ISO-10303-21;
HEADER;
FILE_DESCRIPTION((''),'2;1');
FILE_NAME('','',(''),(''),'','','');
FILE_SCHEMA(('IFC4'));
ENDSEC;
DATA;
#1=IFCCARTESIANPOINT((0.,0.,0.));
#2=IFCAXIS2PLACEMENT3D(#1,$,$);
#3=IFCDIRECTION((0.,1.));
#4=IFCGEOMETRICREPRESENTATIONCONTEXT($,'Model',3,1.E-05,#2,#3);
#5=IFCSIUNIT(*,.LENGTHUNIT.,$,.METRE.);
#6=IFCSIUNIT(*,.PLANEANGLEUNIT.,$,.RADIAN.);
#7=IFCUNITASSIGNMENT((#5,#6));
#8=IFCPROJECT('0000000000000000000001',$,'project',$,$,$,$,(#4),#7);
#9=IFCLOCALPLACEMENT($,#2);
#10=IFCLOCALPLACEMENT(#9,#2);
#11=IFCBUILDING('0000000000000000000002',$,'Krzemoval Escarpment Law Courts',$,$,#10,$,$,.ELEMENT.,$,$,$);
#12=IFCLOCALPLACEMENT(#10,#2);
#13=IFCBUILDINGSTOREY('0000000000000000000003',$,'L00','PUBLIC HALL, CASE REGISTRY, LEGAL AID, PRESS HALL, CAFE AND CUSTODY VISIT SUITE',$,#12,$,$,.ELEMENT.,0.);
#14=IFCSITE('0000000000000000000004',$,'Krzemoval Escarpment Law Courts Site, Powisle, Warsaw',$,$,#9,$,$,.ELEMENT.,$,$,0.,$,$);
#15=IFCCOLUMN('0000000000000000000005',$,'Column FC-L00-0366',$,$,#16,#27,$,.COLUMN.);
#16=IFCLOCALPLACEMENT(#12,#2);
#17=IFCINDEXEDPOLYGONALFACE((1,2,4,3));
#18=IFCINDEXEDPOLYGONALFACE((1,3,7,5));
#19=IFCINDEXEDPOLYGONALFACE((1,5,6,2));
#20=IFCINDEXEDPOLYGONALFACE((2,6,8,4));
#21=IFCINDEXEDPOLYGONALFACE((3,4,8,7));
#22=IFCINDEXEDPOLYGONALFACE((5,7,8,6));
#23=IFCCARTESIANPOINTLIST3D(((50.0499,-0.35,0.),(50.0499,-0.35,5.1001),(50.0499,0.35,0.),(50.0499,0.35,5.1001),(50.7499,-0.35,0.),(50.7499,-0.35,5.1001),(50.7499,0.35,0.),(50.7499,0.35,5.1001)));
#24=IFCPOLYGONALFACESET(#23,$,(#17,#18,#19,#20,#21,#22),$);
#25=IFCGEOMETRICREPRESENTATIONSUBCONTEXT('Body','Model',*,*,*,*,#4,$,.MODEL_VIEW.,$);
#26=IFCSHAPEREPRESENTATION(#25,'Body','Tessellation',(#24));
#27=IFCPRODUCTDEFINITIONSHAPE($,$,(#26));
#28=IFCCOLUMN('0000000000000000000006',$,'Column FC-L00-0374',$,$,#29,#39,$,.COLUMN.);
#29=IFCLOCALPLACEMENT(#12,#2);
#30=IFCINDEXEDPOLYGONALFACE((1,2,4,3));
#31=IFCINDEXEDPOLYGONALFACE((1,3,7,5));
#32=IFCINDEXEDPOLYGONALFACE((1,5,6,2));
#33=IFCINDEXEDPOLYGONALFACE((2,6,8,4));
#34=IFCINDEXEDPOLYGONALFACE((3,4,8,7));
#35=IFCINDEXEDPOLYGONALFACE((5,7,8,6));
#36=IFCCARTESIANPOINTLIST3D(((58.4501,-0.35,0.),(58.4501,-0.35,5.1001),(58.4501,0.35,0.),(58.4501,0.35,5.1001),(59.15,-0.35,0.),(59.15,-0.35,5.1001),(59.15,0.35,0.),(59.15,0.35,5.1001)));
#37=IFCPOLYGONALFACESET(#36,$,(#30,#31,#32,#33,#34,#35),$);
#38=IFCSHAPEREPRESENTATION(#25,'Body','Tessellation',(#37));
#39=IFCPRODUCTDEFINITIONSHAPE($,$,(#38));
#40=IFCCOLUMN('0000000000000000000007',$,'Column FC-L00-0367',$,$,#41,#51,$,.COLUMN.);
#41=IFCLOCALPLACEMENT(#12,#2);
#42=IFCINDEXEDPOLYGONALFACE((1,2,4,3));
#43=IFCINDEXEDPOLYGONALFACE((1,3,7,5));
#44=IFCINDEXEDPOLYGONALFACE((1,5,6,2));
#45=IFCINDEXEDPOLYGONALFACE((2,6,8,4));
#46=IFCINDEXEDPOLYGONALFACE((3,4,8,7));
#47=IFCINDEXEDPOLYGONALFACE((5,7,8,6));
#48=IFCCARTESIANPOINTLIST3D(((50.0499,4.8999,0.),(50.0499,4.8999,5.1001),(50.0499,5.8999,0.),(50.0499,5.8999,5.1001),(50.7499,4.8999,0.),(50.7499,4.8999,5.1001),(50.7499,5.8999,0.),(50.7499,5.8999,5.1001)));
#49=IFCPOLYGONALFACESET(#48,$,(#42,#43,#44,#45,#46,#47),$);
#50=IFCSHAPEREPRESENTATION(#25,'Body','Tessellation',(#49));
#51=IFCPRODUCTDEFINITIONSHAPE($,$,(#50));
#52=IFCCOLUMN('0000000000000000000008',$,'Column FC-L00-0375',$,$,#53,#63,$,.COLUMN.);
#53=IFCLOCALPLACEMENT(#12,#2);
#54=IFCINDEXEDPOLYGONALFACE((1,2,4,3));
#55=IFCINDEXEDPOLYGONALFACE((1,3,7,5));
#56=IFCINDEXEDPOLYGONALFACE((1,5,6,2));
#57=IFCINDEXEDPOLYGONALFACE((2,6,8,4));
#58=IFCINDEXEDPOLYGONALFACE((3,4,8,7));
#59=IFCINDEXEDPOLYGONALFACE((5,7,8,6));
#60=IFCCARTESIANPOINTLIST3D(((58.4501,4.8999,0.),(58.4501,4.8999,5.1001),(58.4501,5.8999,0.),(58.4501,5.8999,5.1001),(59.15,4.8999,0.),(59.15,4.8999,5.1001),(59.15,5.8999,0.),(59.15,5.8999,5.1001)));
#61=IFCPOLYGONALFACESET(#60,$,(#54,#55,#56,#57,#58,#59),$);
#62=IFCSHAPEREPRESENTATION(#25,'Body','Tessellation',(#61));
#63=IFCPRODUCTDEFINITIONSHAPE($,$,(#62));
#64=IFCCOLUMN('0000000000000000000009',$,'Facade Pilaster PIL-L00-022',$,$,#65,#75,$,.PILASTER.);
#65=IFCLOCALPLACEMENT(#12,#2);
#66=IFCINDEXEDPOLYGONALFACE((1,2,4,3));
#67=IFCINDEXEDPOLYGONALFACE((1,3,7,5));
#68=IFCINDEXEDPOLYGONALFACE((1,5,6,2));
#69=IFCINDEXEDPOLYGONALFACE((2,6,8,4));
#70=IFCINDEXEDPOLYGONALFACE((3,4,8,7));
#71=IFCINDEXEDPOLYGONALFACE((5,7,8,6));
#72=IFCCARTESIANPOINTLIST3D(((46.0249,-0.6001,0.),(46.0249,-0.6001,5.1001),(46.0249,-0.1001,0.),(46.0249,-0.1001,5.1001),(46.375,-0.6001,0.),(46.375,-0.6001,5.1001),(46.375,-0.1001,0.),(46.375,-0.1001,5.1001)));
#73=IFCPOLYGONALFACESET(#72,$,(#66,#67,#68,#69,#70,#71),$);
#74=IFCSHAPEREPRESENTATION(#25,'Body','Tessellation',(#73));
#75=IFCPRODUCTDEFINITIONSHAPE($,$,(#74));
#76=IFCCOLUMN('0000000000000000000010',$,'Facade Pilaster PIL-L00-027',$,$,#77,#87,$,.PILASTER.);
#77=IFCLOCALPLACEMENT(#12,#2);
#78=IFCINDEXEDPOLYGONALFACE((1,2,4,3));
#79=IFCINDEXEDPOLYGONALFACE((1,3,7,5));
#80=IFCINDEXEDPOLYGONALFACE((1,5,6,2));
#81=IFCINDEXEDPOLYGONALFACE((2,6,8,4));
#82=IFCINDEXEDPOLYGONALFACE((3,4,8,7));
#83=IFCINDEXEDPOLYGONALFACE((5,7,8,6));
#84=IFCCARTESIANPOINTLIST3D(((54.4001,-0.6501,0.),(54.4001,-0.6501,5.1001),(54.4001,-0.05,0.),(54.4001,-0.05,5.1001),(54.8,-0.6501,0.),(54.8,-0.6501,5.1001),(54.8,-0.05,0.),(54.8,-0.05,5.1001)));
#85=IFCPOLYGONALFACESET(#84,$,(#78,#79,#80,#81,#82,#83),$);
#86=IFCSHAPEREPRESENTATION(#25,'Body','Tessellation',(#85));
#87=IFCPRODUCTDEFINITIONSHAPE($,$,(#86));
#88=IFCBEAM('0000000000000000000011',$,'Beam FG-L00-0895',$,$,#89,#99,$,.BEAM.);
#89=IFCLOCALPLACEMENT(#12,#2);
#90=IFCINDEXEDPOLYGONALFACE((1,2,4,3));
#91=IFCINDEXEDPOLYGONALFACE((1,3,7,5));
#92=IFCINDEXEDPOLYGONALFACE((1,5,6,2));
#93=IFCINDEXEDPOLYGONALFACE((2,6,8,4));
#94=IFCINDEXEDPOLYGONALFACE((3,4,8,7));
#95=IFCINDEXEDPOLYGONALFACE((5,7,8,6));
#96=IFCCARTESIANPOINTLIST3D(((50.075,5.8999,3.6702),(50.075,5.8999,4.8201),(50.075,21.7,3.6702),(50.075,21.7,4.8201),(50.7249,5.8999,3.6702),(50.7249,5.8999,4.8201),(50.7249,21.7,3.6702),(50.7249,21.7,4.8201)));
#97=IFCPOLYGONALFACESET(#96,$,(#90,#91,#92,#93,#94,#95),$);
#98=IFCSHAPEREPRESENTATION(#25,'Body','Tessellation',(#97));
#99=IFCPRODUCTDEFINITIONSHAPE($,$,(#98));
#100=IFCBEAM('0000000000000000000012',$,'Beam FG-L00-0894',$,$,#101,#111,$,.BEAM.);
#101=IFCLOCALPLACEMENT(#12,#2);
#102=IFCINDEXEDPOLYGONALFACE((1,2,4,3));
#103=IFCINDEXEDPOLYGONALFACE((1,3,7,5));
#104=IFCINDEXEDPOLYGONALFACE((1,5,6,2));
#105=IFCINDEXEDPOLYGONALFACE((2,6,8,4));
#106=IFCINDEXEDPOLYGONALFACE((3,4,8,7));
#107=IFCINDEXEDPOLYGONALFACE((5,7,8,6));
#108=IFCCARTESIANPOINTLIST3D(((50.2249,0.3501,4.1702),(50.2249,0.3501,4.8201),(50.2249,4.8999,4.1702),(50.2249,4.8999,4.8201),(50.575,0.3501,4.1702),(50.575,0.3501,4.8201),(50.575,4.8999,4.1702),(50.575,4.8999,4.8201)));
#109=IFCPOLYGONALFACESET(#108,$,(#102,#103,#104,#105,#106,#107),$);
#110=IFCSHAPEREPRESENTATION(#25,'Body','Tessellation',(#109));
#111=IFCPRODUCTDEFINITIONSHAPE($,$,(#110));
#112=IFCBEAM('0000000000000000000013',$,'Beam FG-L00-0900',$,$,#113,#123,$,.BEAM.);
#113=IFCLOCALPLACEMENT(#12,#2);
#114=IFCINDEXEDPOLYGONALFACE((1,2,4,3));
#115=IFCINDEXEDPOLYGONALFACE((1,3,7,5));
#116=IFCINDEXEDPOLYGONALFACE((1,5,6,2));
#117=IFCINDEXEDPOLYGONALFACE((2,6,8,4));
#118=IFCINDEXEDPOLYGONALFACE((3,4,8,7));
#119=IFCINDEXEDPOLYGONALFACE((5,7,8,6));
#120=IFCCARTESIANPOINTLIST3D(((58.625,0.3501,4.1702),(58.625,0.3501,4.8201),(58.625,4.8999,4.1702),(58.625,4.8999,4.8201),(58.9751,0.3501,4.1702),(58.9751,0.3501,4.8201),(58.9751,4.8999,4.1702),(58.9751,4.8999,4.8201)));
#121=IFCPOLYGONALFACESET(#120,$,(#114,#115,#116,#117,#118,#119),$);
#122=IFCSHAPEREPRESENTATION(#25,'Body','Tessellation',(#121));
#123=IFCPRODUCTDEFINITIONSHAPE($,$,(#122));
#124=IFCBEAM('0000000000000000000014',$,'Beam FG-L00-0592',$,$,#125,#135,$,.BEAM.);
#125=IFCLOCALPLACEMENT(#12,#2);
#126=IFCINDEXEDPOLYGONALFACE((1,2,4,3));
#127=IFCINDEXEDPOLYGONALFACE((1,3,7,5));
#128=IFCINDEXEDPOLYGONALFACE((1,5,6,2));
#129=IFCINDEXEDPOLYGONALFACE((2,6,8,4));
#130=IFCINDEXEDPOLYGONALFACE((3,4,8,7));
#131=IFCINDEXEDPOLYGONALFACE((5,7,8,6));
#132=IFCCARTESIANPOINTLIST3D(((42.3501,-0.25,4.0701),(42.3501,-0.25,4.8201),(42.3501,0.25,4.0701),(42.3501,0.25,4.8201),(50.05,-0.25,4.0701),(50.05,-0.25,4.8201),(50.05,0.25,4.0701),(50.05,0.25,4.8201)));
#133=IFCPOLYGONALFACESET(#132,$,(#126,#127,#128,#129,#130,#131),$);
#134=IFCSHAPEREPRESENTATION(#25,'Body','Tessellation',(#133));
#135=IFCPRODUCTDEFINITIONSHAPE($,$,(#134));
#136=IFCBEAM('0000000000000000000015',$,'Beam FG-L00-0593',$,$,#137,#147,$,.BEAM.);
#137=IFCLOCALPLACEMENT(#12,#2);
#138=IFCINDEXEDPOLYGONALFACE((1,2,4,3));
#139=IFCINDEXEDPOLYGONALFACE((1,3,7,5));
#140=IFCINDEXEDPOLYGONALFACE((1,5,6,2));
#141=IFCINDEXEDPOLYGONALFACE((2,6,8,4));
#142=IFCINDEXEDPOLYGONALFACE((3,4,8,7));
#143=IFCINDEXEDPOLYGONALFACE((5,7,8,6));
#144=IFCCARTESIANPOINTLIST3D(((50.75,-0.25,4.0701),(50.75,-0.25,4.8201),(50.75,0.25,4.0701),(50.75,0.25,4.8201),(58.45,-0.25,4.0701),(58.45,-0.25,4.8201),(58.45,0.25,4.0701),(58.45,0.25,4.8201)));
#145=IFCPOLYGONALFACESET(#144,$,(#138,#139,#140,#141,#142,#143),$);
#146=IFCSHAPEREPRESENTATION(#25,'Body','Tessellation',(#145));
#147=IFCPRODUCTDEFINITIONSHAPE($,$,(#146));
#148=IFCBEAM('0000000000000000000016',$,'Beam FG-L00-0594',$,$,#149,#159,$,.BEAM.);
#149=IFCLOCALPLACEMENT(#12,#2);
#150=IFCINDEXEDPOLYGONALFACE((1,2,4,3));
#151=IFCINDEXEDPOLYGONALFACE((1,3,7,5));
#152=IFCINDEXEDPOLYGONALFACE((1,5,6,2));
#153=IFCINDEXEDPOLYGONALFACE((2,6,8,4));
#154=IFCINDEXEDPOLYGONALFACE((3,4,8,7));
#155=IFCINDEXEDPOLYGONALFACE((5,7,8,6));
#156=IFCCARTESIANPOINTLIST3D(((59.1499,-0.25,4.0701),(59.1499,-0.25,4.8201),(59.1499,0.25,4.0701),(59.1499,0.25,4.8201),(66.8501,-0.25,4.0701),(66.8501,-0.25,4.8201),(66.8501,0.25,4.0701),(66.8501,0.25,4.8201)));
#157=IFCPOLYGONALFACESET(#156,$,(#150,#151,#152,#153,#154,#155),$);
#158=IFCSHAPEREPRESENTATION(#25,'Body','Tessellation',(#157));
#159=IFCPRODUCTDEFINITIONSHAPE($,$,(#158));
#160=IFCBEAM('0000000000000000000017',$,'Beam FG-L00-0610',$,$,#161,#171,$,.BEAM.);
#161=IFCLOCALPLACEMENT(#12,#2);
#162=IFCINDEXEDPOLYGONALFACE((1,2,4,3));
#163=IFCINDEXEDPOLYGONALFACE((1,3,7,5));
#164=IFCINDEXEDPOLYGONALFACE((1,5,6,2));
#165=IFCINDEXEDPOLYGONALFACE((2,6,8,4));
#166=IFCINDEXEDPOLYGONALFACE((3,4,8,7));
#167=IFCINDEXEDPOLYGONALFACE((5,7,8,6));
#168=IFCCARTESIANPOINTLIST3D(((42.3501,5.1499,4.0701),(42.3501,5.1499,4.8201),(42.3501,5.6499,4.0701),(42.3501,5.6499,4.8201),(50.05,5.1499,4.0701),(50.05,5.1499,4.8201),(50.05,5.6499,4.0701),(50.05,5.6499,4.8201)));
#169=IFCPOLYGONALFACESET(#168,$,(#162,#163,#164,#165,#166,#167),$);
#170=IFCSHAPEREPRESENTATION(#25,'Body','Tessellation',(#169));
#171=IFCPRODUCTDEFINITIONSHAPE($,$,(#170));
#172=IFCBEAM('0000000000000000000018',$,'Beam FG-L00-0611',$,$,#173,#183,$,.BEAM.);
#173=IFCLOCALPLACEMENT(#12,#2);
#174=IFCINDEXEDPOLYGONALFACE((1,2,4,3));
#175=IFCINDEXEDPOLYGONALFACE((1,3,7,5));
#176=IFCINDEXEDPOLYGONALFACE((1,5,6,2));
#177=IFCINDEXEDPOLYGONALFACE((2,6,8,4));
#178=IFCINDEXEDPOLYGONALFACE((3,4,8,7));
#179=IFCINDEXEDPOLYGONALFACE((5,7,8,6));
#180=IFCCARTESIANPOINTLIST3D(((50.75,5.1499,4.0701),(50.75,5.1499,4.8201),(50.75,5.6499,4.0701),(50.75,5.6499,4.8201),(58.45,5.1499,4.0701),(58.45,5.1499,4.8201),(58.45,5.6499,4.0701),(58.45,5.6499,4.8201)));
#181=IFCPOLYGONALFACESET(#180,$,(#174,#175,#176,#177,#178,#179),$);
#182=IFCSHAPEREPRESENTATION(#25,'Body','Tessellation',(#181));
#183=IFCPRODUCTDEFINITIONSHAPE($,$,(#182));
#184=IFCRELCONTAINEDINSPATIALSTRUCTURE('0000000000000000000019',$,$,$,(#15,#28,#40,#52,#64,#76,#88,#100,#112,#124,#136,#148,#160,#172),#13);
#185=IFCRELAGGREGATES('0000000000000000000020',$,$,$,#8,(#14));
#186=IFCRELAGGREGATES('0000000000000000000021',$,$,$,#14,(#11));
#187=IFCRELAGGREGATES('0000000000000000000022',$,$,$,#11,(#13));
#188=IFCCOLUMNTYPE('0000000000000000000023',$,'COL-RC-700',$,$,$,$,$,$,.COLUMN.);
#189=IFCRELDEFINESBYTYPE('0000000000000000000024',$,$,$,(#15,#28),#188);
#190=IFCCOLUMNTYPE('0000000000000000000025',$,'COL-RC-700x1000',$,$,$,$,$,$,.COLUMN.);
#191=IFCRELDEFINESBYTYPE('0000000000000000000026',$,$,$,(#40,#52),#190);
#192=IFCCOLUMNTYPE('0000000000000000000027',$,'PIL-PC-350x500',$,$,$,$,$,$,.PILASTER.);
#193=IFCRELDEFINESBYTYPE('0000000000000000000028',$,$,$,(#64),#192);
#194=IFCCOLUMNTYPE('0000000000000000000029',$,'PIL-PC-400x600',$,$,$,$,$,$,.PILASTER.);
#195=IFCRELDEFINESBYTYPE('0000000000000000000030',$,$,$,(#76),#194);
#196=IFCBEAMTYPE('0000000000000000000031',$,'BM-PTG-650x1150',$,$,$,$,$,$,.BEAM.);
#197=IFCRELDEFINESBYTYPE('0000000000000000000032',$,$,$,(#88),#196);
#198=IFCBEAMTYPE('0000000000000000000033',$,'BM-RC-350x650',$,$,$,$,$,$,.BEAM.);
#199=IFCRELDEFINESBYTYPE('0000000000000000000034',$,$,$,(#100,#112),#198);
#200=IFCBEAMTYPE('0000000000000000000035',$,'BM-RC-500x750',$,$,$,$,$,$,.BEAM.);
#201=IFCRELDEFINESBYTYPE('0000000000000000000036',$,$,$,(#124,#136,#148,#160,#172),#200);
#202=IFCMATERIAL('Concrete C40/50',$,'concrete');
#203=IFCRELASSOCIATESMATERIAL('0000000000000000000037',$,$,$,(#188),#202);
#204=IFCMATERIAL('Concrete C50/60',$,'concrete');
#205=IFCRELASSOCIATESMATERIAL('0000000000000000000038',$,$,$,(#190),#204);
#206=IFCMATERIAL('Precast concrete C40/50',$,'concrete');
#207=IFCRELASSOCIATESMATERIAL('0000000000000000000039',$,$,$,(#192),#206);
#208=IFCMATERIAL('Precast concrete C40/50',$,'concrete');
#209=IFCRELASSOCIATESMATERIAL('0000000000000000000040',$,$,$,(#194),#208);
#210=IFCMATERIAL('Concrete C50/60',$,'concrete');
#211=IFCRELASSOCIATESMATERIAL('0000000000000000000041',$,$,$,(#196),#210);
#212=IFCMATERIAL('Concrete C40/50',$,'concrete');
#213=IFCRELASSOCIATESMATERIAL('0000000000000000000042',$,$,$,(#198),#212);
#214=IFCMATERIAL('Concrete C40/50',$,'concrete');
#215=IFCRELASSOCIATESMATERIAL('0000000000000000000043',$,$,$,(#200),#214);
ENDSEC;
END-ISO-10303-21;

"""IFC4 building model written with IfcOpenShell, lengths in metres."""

from ifc_helpers import new_model, si_unit, direction, frame, origin, origin_2d, place, context, subcontext, project, spatial, rectangle, extrude, material, material_profile, profile_set, type_object, element, save


model = new_model("IFC4")

# Units and contexts
model_context = context("Model", 3, precision=1e-05, world=origin(), true_north=direction((0.0, 1.0)))
body_context = subcontext(model_context, "Body", "Model", "MODEL_VIEW")
ifc_project = project(units=[si_unit("LENGTHUNIT", "METRE"), si_unit("PLANEANGLEUNIT", "RADIAN")], contexts=[model_context])

# Site, building, storey
site_placement = place(None, origin())
site = spatial("IfcSite", under=ifc_project, at=site_placement, Name="Krzemoval Escarpment Law Courts Site, Powisle, Warsaw", CompositionType="ELEMENT", RefElevation=0.0)
building_placement = place(site_placement, origin())
building = spatial("IfcBuilding", under=site, at=building_placement, Name="Krzemoval Escarpment Law Courts", CompositionType="ELEMENT")
storey_placement = place(building_placement, origin())
storey = spatial("IfcBuildingStorey", under=building, at=storey_placement, Name="L00", Description="PUBLIC HALL, CASE REGISTRY, LEGAL AID, PRESS HALL, CAFE AND CUSTODY VISIT SUITE", CompositionType="ELEMENT", Elevation=0.0)

# Columns
ifc_material_1 = material(Name="Concrete C40/50", Category="concrete")
ifc_material_profile_1 = material_profile(ifc_material_1, rectangle(XDim=0.7, YDim=0.7, at=origin_2d()), Name="RC 700x700")
ifc_profile_set_1 = profile_set([ifc_material_profile_1], Name="Concrete C40/50")
column_type_1 = type_object("IfcColumnType", Name="COL-RC-700", PredefinedType="COLUMN", material=ifc_profile_set_1)
for number, where, z_axis, x_axis, name in (
    (1, (50.3999, 0.0, 0.0), (0.0, 0.0, 1.0), (1.0, 0.0, 0.0), "Column FC-L00-0366"),
    (2, (58.8, 0.0, 0.0), (0.0, 0.0, 1.0), (1.0, 0.0, 0.0), "Column FC-L00-0374"),
):
    element("IfcColumn", number, at=place(storey_placement, frame(where, z_axis=z_axis, x_axis=x_axis)), inside=storey, type_object=column_type_1, Name=name, PredefinedType="COLUMN", context=body_context, shape_type="SweptSolid", body=[
        extrude(rectangle(XDim=0.7, YDim=0.7, at=origin_2d()), origin(), (0.0, 0.0, 1.0), 5.1001),
    ])
ifc_material_2 = material(Name="Concrete C50/60", Category="concrete")
ifc_material_profile_2 = material_profile(ifc_material_2, rectangle(XDim=0.7, YDim=1.0, at=origin_2d()), Name="RC 700x1000")
ifc_profile_set_2 = profile_set([ifc_material_profile_2], Name="Concrete C50/60")
column_type_2 = type_object("IfcColumnType", Name="COL-RC-700x1000", PredefinedType="COLUMN", material=ifc_profile_set_2)
for number, where, z_axis, x_axis, name in (
    (3, (50.3999, 5.3999, 0.0), (0.0, 0.0, 1.0), (1.0, 0.0, 0.0), "Column FC-L00-0367"),
    (4, (58.8, 5.3999, 0.0), (0.0, 0.0, 1.0), (1.0, 0.0, 0.0), "Column FC-L00-0375"),
):
    element("IfcColumn", number, at=place(storey_placement, frame(where, z_axis=z_axis, x_axis=x_axis)), inside=storey, type_object=column_type_2, Name=name, PredefinedType="COLUMN", context=body_context, shape_type="SweptSolid", body=[
        extrude(rectangle(XDim=0.7, YDim=1.0, at=origin_2d()), origin(), (0.0, 0.0, 1.0), 5.1001),
    ])
ifc_material_3 = material(Name="Precast concrete C40/50", Category="concrete")
ifc_material_profile_3 = material_profile(ifc_material_3, rectangle(XDim=0.3501, YDim=0.5, at=origin_2d()), Name="PIL 350x500")
ifc_profile_set_3 = profile_set([ifc_material_profile_3], Name="Precast concrete C40/50")
column_type_3 = type_object("IfcColumnType", Name="PIL-PC-350x500", PredefinedType="PILASTER", material=ifc_profile_set_3)
column_1_placement = place(storey_placement, frame((46.2, -0.3501, 0.0), z_axis=(0.0, 0.0, 1.0), x_axis=(1.0, 0.0, 0.0)))
element("IfcColumn", 5, at=column_1_placement, inside=storey, type_object=column_type_3, Name="Facade Pilaster PIL-L00-022", PredefinedType="PILASTER", context=body_context, shape_type="SweptSolid", body=[
    extrude(rectangle(XDim=0.3501, YDim=0.5, at=origin_2d()), origin(), (0.0, 0.0, 1.0), 5.1001),
])
ifc_material_4 = material(Name="Precast concrete C40/50", Category="concrete")
ifc_material_profile_4 = material_profile(ifc_material_4, rectangle(XDim=0.3999, YDim=0.6001, at=origin_2d()), Name="PIL 400x600")
ifc_profile_set_4 = profile_set([ifc_material_profile_4], Name="Precast concrete C40/50")
column_type_4 = type_object("IfcColumnType", Name="PIL-PC-400x600", PredefinedType="PILASTER", material=ifc_profile_set_4)
column_2_placement = place(storey_placement, frame((54.6001, -0.3501, 0.0), z_axis=(0.0, 0.0, 1.0), x_axis=(1.0, 0.0, 0.0)))
element("IfcColumn", 6, at=column_2_placement, inside=storey, type_object=column_type_4, Name="Facade Pilaster PIL-L00-027", PredefinedType="PILASTER", context=body_context, shape_type="SweptSolid", body=[
    extrude(rectangle(XDim=0.3999, YDim=0.6001, at=origin_2d()), origin(), (0.0, 0.0, 1.0), 5.1001),
])

# Beams
ifc_material_5 = material(Name="Concrete C50/60", Category="concrete")
ifc_material_profile_5 = material_profile(ifc_material_5, rectangle(XDim=0.6499, YDim=1.1499, at=origin_2d()), Name="PTG 650x1150")
ifc_profile_set_5 = profile_set([ifc_material_profile_5], Name="Concrete C50/60")
beam_type_1 = type_object("IfcBeamType", Name="BM-PTG-650x1150", PredefinedType="BEAM", material=ifc_profile_set_5)
beam_1_placement = place(storey_placement, frame((50.3999, 5.8999, 4.2451), z_axis=(0.0, 1.0, 0.0), x_axis=(-1.0, 0.0, 0.0)))
element("IfcBeam", 7, at=beam_1_placement, inside=storey, type_object=beam_type_1, Name="Beam FG-L00-0895", PredefinedType="BEAM", context=body_context, shape_type="SweptSolid", body=[
    extrude(rectangle(XDim=0.6499, YDim=1.1499, at=origin_2d()), origin(), (0.0, 0.0, 1.0), 15.8),
])
ifc_material_6 = material(Name="Concrete C40/50", Category="concrete")
ifc_material_profile_6 = material_profile(ifc_material_6, rectangle(XDim=0.3501, YDim=0.6499, at=origin_2d()), Name="RCB 350x650")
ifc_profile_set_6 = profile_set([ifc_material_profile_6], Name="Concrete C40/50")
beam_type_2 = type_object("IfcBeamType", Name="BM-RC-350x650", PredefinedType="BEAM", material=ifc_profile_set_6)
for number, where, z_axis, x_axis, name in (
    (8, (50.3999, 0.3501, 4.4951), (0.0, 1.0, 0.0), (-1.0, 0.0, 0.0), "Beam FG-L00-0894"),
    (9, (58.8, 0.3501, 4.4951), (0.0, 1.0, 0.0), (-1.0, 0.0, 0.0), "Beam FG-L00-0900"),
):
    element("IfcBeam", number, at=place(storey_placement, frame(where, z_axis=z_axis, x_axis=x_axis)), inside=storey, type_object=beam_type_2, Name=name, PredefinedType="BEAM", context=body_context, shape_type="SweptSolid", body=[
        extrude(rectangle(XDim=0.3501, YDim=0.6499, at=origin_2d()), origin(), (0.0, 0.0, 1.0), 4.5498),
    ])
ifc_material_7 = material(Name="Concrete C40/50", Category="concrete")
ifc_material_profile_7 = material_profile(ifc_material_7, rectangle(XDim=0.5, YDim=0.75, at=origin_2d()), Name="RCB 500x750")
ifc_profile_set_7 = profile_set([ifc_material_profile_7], Name="Concrete C40/50")
beam_type_3 = type_object("IfcBeamType", Name="BM-RC-500x750", PredefinedType="BEAM", material=ifc_profile_set_7)
for number, where, z_axis, x_axis, name in (
    (10, (42.3501, 0.0, 4.4451), (1.0, 0.0, 0.0), (0.0, 1.0, 0.0), "Beam FG-L00-0592"),
    (11, (50.75, 0.0, 4.4451), (1.0, 0.0, 0.0), (0.0, 1.0, 0.0), "Beam FG-L00-0593"),
):
    element("IfcBeam", number, at=place(storey_placement, frame(where, z_axis=z_axis, x_axis=x_axis)), inside=storey, type_object=beam_type_3, Name=name, PredefinedType="BEAM", context=body_context, shape_type="SweptSolid", body=[
        extrude(rectangle(XDim=0.5, YDim=0.75, at=origin_2d()), origin(), (0.0, 0.0, 1.0), 7.7),
    ])
beam_2_placement = place(storey_placement, frame((59.1499, 0.0, 4.4451), z_axis=(1.0, 0.0, 0.0), x_axis=(0.0, 1.0, 0.0)))
element("IfcBeam", 12, at=beam_2_placement, inside=storey, type_object=beam_type_3, Name="Beam FG-L00-0594", PredefinedType="BEAM", context=body_context, shape_type="SweptSolid", body=[
    extrude(rectangle(XDim=0.5, YDim=0.75, at=origin_2d()), origin(), (0.0, 0.0, 1.0), 7.7002),
])
for number, where, z_axis, x_axis, name in (
    (13, (42.3501, 5.3999, 4.4451), (1.0, 0.0, 0.0), (0.0, 1.0, 0.0), "Beam FG-L00-0610"),
    (14, (50.75, 5.3999, 4.4451), (1.0, 0.0, 0.0), (0.0, 1.0, 0.0), "Beam FG-L00-0611"),
):
    element("IfcBeam", number, at=place(storey_placement, frame(where, z_axis=z_axis, x_axis=x_axis)), inside=storey, type_object=beam_type_3, Name=name, PredefinedType="BEAM", context=body_context, shape_type="SweptSolid", body=[
        extrude(rectangle(XDim=0.5, YDim=0.75, at=origin_2d()), origin(), (0.0, 0.0, 1.0), 7.7),
    ])

save(model, "model.ifc")
